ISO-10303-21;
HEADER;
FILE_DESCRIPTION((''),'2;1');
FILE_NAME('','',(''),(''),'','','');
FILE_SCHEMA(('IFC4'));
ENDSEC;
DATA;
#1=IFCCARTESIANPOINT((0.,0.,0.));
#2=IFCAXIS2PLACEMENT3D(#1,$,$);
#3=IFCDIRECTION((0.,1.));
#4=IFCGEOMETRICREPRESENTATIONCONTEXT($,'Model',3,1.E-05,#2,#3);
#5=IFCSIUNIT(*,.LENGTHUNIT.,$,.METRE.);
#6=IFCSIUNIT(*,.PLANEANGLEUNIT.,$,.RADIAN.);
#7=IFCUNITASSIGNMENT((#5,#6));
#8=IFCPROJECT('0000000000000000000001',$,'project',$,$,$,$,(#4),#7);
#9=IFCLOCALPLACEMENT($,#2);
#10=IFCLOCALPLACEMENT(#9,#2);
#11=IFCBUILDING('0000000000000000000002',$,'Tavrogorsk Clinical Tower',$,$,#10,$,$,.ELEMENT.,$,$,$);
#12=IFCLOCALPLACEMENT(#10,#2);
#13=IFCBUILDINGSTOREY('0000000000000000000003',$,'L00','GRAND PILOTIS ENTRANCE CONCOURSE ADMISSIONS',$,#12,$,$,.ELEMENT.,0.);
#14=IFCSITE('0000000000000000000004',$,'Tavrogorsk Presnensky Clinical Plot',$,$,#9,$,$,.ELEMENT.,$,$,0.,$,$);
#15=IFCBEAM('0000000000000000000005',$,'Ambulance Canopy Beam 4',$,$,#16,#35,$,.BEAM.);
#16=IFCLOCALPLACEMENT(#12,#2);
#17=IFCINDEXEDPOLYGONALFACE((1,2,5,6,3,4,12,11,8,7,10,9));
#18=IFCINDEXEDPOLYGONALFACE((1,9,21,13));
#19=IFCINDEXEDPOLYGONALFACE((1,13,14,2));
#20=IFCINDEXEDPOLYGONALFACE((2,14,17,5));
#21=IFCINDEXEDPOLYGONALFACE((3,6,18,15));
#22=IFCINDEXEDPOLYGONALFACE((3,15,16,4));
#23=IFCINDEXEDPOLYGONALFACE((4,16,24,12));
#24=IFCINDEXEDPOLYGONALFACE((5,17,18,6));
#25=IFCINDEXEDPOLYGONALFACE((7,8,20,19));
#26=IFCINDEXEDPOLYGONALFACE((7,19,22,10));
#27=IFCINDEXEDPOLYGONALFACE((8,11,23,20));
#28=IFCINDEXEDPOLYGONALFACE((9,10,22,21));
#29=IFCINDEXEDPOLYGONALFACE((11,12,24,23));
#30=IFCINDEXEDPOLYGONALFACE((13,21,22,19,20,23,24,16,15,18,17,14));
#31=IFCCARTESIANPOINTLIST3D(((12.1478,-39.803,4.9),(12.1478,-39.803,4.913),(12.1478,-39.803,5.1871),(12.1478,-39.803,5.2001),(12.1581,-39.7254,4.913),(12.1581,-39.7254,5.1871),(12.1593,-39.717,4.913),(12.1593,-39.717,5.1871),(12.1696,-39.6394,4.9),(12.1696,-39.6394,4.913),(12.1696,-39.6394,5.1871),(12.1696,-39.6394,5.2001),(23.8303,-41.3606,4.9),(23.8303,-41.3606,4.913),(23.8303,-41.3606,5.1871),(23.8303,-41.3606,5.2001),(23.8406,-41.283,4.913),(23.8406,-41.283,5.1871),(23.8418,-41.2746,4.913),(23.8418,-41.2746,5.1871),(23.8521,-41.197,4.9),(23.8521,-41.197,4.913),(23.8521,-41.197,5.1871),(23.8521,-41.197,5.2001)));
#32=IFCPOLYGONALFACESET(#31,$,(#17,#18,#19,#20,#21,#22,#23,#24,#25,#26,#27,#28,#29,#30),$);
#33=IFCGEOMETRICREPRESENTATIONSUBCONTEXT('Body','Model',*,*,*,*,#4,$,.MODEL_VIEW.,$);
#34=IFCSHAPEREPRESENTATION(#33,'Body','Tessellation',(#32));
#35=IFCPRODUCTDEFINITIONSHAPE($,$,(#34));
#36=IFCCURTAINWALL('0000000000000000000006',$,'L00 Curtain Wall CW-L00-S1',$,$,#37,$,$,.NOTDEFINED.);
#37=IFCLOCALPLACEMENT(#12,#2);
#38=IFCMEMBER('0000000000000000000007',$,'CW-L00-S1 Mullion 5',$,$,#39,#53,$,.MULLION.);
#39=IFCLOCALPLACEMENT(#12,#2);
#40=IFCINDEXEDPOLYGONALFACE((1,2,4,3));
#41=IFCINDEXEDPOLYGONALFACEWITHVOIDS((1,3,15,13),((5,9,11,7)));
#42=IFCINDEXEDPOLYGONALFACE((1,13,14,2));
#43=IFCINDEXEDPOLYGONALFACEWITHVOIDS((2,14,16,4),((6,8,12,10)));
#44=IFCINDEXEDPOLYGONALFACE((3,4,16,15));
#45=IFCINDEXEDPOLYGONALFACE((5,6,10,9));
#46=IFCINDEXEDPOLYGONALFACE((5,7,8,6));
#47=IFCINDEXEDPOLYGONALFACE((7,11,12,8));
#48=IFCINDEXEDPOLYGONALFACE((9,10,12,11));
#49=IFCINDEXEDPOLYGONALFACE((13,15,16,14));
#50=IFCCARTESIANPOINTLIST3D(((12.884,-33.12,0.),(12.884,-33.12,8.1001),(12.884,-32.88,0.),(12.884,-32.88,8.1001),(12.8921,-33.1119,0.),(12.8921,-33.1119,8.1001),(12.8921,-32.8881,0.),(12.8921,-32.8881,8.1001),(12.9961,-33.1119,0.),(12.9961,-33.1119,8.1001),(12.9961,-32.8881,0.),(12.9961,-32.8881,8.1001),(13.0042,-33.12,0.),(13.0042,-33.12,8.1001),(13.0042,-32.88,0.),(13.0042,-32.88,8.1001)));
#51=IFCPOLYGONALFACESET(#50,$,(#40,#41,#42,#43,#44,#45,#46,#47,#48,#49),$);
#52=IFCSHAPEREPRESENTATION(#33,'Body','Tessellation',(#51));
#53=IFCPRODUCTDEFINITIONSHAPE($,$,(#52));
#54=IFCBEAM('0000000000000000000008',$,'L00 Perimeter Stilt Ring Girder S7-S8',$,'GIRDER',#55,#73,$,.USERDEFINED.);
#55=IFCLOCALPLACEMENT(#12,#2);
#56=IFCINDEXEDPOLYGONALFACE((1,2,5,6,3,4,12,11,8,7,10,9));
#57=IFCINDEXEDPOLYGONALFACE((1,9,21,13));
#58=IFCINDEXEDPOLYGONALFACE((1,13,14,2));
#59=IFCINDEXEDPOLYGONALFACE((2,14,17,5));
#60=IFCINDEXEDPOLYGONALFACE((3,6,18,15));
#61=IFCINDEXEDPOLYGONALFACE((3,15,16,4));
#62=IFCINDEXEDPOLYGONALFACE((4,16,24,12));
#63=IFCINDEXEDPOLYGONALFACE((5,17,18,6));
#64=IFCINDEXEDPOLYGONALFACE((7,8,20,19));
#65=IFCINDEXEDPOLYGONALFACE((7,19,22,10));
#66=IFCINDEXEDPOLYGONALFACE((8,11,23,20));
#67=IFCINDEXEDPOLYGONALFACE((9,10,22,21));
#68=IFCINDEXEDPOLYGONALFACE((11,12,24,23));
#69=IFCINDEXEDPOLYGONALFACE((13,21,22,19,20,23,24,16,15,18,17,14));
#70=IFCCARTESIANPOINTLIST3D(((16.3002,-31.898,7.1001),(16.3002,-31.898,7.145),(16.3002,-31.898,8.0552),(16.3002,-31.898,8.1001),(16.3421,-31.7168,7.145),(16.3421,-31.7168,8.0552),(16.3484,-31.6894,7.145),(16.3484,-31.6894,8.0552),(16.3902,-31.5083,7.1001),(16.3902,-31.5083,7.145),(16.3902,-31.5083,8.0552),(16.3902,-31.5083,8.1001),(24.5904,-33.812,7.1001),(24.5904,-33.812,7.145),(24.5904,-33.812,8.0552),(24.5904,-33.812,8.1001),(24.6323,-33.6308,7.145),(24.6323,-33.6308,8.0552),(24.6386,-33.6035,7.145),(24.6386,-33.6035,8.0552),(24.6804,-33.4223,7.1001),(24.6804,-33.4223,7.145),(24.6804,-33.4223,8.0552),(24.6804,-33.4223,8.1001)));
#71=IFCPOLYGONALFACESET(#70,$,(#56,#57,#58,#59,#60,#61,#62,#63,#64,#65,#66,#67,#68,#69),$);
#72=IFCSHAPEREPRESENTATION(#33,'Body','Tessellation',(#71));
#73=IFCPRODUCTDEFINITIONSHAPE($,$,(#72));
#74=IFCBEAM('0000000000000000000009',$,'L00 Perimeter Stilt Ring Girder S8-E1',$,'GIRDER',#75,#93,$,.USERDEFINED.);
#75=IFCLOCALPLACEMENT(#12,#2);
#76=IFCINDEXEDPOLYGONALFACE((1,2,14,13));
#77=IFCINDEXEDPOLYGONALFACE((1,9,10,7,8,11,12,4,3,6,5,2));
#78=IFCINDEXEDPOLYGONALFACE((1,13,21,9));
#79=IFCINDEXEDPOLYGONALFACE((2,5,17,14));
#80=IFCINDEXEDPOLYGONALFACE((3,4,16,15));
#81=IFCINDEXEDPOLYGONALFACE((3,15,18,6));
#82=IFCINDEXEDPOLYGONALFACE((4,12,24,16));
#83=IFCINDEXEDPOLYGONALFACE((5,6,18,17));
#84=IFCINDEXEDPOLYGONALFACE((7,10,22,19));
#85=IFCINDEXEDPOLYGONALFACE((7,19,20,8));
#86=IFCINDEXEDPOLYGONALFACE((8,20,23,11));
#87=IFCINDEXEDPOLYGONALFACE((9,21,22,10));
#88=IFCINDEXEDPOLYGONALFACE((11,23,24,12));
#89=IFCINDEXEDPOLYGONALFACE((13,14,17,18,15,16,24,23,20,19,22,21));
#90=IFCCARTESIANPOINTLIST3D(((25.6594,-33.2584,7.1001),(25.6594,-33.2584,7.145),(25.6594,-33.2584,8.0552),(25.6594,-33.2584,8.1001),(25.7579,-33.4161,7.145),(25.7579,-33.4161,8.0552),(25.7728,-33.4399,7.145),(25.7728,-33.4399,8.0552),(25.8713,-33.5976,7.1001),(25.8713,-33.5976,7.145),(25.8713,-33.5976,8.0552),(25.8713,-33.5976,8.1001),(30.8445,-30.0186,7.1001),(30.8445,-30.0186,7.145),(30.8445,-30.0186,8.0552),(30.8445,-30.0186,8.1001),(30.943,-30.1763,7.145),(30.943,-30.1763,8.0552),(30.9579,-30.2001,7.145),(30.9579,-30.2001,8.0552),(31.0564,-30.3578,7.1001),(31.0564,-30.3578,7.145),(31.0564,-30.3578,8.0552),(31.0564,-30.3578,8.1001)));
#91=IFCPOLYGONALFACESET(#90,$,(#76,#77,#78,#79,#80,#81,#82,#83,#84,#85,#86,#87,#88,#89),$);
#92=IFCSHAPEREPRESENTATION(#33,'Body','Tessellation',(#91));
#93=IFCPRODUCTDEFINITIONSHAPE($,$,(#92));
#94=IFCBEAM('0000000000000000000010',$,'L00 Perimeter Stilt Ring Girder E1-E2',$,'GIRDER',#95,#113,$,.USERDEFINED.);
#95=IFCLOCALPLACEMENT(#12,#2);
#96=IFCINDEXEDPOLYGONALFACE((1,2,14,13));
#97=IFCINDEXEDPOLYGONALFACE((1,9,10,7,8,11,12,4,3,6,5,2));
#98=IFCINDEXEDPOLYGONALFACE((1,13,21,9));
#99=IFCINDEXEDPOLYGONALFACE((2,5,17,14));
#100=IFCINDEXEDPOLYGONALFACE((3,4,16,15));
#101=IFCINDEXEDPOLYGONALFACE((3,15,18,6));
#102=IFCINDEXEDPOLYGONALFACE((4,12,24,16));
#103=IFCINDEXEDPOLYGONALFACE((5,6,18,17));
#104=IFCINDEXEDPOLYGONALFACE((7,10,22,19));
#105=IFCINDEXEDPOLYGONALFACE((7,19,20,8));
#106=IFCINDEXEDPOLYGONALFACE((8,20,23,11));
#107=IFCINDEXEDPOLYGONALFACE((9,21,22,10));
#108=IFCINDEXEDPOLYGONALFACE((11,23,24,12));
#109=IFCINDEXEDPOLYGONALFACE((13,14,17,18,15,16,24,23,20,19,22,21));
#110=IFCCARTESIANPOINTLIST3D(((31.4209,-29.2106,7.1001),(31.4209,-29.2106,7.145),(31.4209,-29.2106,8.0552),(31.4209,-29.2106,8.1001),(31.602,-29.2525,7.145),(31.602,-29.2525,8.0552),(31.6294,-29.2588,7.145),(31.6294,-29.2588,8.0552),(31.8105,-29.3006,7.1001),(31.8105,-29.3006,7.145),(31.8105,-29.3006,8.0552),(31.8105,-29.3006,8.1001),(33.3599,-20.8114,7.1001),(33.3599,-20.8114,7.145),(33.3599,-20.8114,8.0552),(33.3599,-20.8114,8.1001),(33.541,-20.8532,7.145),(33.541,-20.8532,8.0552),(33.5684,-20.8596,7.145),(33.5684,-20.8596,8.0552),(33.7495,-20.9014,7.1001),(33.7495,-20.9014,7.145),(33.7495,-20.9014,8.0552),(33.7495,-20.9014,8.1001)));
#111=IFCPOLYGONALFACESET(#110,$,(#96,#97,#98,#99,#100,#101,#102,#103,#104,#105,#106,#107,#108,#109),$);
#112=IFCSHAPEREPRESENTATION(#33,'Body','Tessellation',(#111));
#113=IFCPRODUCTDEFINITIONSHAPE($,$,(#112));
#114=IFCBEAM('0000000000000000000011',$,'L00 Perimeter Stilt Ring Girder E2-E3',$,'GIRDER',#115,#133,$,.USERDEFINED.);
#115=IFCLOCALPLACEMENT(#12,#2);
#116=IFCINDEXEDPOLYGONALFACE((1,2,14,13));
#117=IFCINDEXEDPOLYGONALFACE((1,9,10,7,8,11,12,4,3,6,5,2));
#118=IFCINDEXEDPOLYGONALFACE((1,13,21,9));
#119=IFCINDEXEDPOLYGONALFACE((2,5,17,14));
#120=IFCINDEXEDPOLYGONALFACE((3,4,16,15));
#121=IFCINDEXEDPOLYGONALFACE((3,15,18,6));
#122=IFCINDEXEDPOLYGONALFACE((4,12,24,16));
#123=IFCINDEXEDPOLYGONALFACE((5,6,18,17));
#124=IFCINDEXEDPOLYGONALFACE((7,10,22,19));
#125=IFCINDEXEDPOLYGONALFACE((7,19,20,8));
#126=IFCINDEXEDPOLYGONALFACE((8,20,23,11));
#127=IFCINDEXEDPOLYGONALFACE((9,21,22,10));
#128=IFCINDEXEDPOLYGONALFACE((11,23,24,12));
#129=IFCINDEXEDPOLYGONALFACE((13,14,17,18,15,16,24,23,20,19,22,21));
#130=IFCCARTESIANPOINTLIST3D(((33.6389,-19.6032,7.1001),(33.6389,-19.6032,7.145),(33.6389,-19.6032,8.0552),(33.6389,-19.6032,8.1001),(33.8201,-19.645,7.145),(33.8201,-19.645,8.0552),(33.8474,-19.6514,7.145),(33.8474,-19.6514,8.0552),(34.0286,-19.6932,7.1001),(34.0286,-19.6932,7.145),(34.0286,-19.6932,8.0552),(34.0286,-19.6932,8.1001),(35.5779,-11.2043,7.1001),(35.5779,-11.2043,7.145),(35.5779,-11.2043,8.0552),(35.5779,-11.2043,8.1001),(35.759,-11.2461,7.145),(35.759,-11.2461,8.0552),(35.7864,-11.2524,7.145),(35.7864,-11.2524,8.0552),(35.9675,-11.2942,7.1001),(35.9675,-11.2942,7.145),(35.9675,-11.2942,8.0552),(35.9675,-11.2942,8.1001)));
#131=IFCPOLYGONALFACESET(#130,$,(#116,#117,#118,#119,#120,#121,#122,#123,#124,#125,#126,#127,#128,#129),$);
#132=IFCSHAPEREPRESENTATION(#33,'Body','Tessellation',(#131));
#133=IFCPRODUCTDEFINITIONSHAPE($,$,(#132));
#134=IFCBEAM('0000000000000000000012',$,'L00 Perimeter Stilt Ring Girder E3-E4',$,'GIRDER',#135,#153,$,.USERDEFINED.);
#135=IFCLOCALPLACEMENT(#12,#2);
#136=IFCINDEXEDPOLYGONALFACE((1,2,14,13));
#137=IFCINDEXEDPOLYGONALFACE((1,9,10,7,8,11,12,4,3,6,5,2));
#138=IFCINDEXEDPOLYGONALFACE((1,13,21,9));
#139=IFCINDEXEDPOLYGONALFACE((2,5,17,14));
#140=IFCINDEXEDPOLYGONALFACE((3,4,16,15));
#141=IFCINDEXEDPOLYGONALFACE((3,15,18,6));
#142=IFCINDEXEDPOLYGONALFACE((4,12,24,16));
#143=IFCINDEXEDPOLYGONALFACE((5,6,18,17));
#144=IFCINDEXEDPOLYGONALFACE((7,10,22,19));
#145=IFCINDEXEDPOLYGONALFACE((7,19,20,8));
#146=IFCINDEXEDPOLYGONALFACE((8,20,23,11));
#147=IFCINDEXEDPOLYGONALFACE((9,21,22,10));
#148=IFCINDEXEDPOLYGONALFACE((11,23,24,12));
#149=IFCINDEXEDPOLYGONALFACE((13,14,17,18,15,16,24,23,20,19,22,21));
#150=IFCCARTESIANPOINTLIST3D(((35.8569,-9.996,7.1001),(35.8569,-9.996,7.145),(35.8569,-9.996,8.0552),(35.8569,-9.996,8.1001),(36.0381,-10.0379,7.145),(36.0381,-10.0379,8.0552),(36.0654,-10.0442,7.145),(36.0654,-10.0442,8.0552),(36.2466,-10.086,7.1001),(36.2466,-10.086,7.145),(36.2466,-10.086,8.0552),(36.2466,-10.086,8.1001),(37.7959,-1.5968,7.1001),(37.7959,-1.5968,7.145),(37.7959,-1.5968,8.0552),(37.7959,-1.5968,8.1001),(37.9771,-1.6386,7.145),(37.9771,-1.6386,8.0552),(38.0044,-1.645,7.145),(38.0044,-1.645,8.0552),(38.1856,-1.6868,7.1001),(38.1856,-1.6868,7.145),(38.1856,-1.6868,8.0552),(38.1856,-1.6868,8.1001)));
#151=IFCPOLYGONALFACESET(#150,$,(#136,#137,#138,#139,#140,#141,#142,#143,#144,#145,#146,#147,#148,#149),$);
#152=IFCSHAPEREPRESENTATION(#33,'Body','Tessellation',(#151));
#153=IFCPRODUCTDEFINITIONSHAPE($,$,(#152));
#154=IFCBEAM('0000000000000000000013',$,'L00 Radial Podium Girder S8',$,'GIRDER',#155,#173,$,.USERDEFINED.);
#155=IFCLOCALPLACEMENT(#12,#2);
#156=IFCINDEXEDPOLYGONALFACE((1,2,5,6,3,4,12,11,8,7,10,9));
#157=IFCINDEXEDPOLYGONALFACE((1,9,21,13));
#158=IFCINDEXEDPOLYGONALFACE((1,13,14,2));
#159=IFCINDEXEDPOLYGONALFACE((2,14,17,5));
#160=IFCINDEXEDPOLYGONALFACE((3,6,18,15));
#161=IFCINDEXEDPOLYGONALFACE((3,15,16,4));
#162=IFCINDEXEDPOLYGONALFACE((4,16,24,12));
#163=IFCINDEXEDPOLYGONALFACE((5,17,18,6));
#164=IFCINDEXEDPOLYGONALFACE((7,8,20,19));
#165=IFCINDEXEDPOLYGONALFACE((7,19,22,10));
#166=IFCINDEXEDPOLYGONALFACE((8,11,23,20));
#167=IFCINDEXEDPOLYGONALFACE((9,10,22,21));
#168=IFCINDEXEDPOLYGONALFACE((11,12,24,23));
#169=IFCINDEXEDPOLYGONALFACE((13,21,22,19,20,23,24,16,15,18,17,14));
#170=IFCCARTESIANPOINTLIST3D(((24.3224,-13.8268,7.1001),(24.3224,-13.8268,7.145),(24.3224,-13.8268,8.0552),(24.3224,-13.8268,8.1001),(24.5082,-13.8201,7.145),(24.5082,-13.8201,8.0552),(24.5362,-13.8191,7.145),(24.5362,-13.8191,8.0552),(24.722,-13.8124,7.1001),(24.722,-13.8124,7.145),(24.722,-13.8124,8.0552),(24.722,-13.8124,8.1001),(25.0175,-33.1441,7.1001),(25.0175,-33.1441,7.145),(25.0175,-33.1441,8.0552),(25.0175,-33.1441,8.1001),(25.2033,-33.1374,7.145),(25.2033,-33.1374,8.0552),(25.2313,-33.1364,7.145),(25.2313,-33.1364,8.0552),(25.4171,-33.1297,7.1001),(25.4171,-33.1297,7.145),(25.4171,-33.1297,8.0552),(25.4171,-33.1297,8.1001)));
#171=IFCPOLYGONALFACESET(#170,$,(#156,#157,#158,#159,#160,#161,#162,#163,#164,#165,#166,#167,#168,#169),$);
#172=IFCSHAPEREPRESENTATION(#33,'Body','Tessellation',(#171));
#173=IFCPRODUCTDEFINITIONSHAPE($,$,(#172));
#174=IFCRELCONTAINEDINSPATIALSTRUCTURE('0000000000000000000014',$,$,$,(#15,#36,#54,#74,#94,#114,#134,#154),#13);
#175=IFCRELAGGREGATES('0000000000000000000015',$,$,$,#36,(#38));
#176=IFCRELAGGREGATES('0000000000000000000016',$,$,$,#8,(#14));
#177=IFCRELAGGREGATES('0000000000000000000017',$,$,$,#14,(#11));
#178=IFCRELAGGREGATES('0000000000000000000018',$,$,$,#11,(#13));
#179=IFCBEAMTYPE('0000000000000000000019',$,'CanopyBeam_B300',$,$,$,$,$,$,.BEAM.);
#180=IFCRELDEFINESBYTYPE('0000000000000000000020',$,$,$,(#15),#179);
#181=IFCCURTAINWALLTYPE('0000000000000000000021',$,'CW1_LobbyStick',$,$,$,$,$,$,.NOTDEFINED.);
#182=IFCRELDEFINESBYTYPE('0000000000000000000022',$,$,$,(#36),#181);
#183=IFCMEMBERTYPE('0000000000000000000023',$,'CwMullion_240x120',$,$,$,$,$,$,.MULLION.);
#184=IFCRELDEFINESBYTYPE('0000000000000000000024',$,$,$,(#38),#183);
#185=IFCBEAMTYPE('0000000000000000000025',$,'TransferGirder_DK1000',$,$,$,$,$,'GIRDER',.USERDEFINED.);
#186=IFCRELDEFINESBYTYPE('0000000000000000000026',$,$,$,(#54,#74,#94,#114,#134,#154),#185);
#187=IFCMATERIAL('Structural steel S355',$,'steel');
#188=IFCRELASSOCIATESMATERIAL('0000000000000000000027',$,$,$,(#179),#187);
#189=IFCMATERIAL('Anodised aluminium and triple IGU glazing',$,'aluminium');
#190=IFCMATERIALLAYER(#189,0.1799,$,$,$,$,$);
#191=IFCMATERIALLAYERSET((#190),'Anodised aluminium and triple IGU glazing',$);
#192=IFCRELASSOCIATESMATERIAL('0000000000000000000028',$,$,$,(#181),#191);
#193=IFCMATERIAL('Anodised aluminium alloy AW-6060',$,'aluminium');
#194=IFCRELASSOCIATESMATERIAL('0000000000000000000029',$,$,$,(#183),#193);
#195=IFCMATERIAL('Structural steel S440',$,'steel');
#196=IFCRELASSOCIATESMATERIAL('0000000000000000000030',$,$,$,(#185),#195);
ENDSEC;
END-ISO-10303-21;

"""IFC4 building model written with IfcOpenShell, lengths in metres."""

from ifc_helpers import new_model, si_unit, direction, frame, origin, origin_2d, place, context, subcontext, project, spatial, hollow_rectangle, i_section, extrude, material, layer, layer_set, material_profile, profile_set, type_object, element, aggregate, save


model = new_model("IFC4")

# Units and contexts
model_context = context("Model", 3, precision=1e-05, world=origin(), true_north=direction((0.0, 1.0)))
body_context = subcontext(model_context, "Body", "Model", "MODEL_VIEW")
ifc_project = project(units=[si_unit("LENGTHUNIT", "METRE"), si_unit("PLANEANGLEUNIT", "RADIAN")], contexts=[model_context])

# Site, building, storey
site_placement = place(None, origin())
site = spatial("IfcSite", under=ifc_project, at=site_placement, Name="Tavrogorsk Presnensky Clinical Plot", CompositionType="ELEMENT", RefElevation=0.0)
building_placement = place(site_placement, origin())
building = spatial("IfcBuilding", under=site, at=building_placement, Name="Tavrogorsk Clinical Tower", CompositionType="ELEMENT")
storey_placement = place(building_placement, origin())
storey = spatial("IfcBuildingStorey", under=building, at=storey_placement, Name="L00", Description="GRAND PILOTIS ENTRANCE CONCOURSE ADMISSIONS", CompositionType="ELEMENT", Elevation=0.0)

# Beam
ifc_material_1 = material(Name="Structural steel S355", Category="steel")
ifc_material_profile_1 = material_profile(ifc_material_1, i_section(OverallWidth=0.165, OverallDepth=0.3, WebThickness=0.0085, FlangeThickness=0.0129, at=origin_2d()), Name="B-300x165x8.5x13")
ifc_profile_set_1 = profile_set([ifc_material_profile_1], Name="Structural steel S355")
beam_type_1 = type_object("IfcBeamType", Name="CanopyBeam_B300", PredefinedType="BEAM", material=ifc_profile_set_1)
beam_1_placement = place(storey_placement, frame((12.1587, -39.7212, 5.05), z_axis=(0.991229, -0.132158, 0.0), x_axis=(0.132158, 0.991229, 0.0)))
element("IfcBeam", 1, at=beam_1_placement, inside=storey, type_object=beam_type_1, Name="Ambulance Canopy Beam 4", PredefinedType="BEAM", context=body_context, shape_type="SweptSolid", body=[
    extrude(i_section(OverallWidth=0.165, OverallDepth=0.3, WebThickness=0.0085, FlangeThickness=0.0129, at=origin_2d()), origin(), (0.0, 0.0, 1.0), 11.7859),
])

# Curtain wall, member
ifc_material_2 = material(Name="Anodised aluminium and triple IGU glazing", Category="aluminium")
ifc_layer_1 = layer(ifc_material_2, 0.1799)
ifc_layer_set_1 = layer_set([ifc_layer_1], Name="Anodised aluminium and triple IGU glazing")
curtain_wall_type = type_object("IfcCurtainWallType", Name="CW1_LobbyStick", PredefinedType="NOTDEFINED", material=ifc_layer_set_1)
curtain_wall_placement = place(storey_placement, origin())
curtain_wall = element("IfcCurtainWall", 2, at=curtain_wall_placement, inside=storey, type_object=curtain_wall_type, Name="L00 Curtain Wall CW-L00-S1", PredefinedType="NOTDEFINED")
ifc_material_3 = material(Name="Anodised aluminium alloy AW-6060", Category="aluminium")
ifc_material_profile_2 = material_profile(ifc_material_3, hollow_rectangle(XDim=0.1201, YDim=0.24, WallThickness=0.0081, at=origin_2d()), Name="RHS-240x120x8")
ifc_profile_set_2 = profile_set([ifc_material_profile_2], Name="Anodised aluminium alloy AW-6060")
member_type = type_object("IfcMemberType", Name="CwMullion_240x120", PredefinedType="MULLION", material=ifc_profile_set_2)
member_placement = place(storey_placement, frame((12.9441, -33.0, 0.0), z_axis=(0.0, 0.0, 1.0), x_axis=(1.0, 0.0, 0.0)))
member = element("IfcMember", 3, at=member_placement, type_object=member_type, Name="CW-L00-S1 Mullion 5", PredefinedType="MULLION", context=body_context, shape_type="SweptSolid", body=[
    extrude(hollow_rectangle(XDim=0.1201, YDim=0.24, WallThickness=0.0081, at=origin_2d()), origin(), (0.0, 0.0, 1.0), 8.1001),
])
aggregate(curtain_wall, [member])

# Beams
ifc_material_4 = material(Name="Structural steel S440", Category="steel")
ifc_material_profile_3 = material_profile(ifc_material_4, i_section(OverallWidth=0.3999, OverallDepth=1.0, WebThickness=0.0281, FlangeThickness=0.0449, at=origin_2d()), Name="DK-1000x400x28x45")
ifc_profile_set_3 = profile_set([ifc_material_profile_3], Name="Structural steel S440")
beam_type_2 = type_object("IfcBeamType", Name="TransferGirder_DK1000", ElementType="GIRDER", PredefinedType="USERDEFINED", material=ifc_profile_set_3)
beam_2_placement = place(storey_placement, frame((16.3452, -31.7031, 7.6001), z_axis=(0.974367, -0.224962, 0.0), x_axis=(0.224962, 0.974367, 0.0)))
element("IfcBeam", 4, at=beam_2_placement, inside=storey, type_object=beam_type_2, Name="L00 Perimeter Stilt Ring Girder S7-S8", ObjectType="GIRDER", PredefinedType="USERDEFINED", context=body_context, shape_type="SweptSolid", body=[
    extrude(i_section(OverallWidth=0.3999, OverallDepth=1.0, WebThickness=0.0281, FlangeThickness=0.0449, at=origin_2d()), origin(), (0.0, 0.0, 1.0), 8.5083),
])
beam_3_placement = place(storey_placement, frame((25.7654, -33.428, 7.6001), z_axis=(0.848066, 0.529891, 0.0), x_axis=(-0.529891, 0.848066, 0.0)))
element("IfcBeam", 5, at=beam_3_placement, inside=storey, type_object=beam_type_2, Name="L00 Perimeter Stilt Ring Girder S8-E1", ObjectType="GIRDER", PredefinedType="USERDEFINED", context=body_context, shape_type="SweptSolid", body=[
    extrude(i_section(OverallWidth=0.3999, OverallDepth=1.0, WebThickness=0.0281, FlangeThickness=0.0449, at=origin_2d()), origin(), (0.0, 0.0, 1.0), 6.114),
])
beam_4_placement = place(storey_placement, frame((31.6157, -29.2556, 7.6001), z_axis=(0.224936, 0.974374, 0.0), x_axis=(-0.974374, 0.224936, 0.0)))
element("IfcBeam", 6, at=beam_4_placement, inside=storey, type_object=beam_type_2, Name="L00 Perimeter Stilt Ring Girder E1-E2", ObjectType="GIRDER", PredefinedType="USERDEFINED", context=body_context, shape_type="SweptSolid", body=[
    extrude(i_section(OverallWidth=0.3999, OverallDepth=1.0, WebThickness=0.0281, FlangeThickness=0.0449, at=origin_2d()), origin(), (0.0, 0.0, 1.0), 8.6201),
])
beam_5_placement = place(storey_placement, frame((33.8337, -19.6482, 7.6001), z_axis=(0.224942, 0.974372, 0.0), x_axis=(-0.974372, 0.224942, 0.0)))
element("IfcBeam", 7, at=beam_5_placement, inside=storey, type_object=beam_type_2, Name="L00 Perimeter Stilt Ring Girder E2-E3", ObjectType="GIRDER", PredefinedType="USERDEFINED", context=body_context, shape_type="SweptSolid", body=[
    extrude(i_section(OverallWidth=0.3999, OverallDepth=1.0, WebThickness=0.0281, FlangeThickness=0.0449, at=origin_2d()), origin(), (0.0, 0.0, 1.0), 8.6199),
])
beam_6_placement = place(storey_placement, frame((36.0518, -10.041, 7.6001), z_axis=(0.224936, 0.974374, 0.0), x_axis=(-0.974374, 0.224936, 0.0)))
element("IfcBeam", 8, at=beam_6_placement, inside=storey, type_object=beam_type_2, Name="L00 Perimeter Stilt Ring Girder E3-E4", ObjectType="GIRDER", PredefinedType="USERDEFINED", context=body_context, shape_type="SweptSolid", body=[
    extrude(i_section(OverallWidth=0.3999, OverallDepth=1.0, WebThickness=0.0281, FlangeThickness=0.0449, at=origin_2d()), origin(), (0.0, 0.0, 1.0), 8.6201),
])
beam_7_placement = place(storey_placement, frame((24.5222, -13.8196, 7.6001), z_axis=(0.035958, -0.999353, 0.0), x_axis=(0.999353, 0.035958, 0.0)))
element("IfcBeam", 9, at=beam_7_placement, inside=storey, type_object=beam_type_2, Name="L00 Radial Podium Girder S8", ObjectType="GIRDER", PredefinedType="USERDEFINED", context=body_context, shape_type="SweptSolid", body=[
    extrude(i_section(OverallWidth=0.3999, OverallDepth=1.0, WebThickness=0.0281, FlangeThickness=0.0449, at=origin_2d()), origin(), (0.0, 0.0, 1.0), 19.3298),
])

save(model, "model.ifc")
